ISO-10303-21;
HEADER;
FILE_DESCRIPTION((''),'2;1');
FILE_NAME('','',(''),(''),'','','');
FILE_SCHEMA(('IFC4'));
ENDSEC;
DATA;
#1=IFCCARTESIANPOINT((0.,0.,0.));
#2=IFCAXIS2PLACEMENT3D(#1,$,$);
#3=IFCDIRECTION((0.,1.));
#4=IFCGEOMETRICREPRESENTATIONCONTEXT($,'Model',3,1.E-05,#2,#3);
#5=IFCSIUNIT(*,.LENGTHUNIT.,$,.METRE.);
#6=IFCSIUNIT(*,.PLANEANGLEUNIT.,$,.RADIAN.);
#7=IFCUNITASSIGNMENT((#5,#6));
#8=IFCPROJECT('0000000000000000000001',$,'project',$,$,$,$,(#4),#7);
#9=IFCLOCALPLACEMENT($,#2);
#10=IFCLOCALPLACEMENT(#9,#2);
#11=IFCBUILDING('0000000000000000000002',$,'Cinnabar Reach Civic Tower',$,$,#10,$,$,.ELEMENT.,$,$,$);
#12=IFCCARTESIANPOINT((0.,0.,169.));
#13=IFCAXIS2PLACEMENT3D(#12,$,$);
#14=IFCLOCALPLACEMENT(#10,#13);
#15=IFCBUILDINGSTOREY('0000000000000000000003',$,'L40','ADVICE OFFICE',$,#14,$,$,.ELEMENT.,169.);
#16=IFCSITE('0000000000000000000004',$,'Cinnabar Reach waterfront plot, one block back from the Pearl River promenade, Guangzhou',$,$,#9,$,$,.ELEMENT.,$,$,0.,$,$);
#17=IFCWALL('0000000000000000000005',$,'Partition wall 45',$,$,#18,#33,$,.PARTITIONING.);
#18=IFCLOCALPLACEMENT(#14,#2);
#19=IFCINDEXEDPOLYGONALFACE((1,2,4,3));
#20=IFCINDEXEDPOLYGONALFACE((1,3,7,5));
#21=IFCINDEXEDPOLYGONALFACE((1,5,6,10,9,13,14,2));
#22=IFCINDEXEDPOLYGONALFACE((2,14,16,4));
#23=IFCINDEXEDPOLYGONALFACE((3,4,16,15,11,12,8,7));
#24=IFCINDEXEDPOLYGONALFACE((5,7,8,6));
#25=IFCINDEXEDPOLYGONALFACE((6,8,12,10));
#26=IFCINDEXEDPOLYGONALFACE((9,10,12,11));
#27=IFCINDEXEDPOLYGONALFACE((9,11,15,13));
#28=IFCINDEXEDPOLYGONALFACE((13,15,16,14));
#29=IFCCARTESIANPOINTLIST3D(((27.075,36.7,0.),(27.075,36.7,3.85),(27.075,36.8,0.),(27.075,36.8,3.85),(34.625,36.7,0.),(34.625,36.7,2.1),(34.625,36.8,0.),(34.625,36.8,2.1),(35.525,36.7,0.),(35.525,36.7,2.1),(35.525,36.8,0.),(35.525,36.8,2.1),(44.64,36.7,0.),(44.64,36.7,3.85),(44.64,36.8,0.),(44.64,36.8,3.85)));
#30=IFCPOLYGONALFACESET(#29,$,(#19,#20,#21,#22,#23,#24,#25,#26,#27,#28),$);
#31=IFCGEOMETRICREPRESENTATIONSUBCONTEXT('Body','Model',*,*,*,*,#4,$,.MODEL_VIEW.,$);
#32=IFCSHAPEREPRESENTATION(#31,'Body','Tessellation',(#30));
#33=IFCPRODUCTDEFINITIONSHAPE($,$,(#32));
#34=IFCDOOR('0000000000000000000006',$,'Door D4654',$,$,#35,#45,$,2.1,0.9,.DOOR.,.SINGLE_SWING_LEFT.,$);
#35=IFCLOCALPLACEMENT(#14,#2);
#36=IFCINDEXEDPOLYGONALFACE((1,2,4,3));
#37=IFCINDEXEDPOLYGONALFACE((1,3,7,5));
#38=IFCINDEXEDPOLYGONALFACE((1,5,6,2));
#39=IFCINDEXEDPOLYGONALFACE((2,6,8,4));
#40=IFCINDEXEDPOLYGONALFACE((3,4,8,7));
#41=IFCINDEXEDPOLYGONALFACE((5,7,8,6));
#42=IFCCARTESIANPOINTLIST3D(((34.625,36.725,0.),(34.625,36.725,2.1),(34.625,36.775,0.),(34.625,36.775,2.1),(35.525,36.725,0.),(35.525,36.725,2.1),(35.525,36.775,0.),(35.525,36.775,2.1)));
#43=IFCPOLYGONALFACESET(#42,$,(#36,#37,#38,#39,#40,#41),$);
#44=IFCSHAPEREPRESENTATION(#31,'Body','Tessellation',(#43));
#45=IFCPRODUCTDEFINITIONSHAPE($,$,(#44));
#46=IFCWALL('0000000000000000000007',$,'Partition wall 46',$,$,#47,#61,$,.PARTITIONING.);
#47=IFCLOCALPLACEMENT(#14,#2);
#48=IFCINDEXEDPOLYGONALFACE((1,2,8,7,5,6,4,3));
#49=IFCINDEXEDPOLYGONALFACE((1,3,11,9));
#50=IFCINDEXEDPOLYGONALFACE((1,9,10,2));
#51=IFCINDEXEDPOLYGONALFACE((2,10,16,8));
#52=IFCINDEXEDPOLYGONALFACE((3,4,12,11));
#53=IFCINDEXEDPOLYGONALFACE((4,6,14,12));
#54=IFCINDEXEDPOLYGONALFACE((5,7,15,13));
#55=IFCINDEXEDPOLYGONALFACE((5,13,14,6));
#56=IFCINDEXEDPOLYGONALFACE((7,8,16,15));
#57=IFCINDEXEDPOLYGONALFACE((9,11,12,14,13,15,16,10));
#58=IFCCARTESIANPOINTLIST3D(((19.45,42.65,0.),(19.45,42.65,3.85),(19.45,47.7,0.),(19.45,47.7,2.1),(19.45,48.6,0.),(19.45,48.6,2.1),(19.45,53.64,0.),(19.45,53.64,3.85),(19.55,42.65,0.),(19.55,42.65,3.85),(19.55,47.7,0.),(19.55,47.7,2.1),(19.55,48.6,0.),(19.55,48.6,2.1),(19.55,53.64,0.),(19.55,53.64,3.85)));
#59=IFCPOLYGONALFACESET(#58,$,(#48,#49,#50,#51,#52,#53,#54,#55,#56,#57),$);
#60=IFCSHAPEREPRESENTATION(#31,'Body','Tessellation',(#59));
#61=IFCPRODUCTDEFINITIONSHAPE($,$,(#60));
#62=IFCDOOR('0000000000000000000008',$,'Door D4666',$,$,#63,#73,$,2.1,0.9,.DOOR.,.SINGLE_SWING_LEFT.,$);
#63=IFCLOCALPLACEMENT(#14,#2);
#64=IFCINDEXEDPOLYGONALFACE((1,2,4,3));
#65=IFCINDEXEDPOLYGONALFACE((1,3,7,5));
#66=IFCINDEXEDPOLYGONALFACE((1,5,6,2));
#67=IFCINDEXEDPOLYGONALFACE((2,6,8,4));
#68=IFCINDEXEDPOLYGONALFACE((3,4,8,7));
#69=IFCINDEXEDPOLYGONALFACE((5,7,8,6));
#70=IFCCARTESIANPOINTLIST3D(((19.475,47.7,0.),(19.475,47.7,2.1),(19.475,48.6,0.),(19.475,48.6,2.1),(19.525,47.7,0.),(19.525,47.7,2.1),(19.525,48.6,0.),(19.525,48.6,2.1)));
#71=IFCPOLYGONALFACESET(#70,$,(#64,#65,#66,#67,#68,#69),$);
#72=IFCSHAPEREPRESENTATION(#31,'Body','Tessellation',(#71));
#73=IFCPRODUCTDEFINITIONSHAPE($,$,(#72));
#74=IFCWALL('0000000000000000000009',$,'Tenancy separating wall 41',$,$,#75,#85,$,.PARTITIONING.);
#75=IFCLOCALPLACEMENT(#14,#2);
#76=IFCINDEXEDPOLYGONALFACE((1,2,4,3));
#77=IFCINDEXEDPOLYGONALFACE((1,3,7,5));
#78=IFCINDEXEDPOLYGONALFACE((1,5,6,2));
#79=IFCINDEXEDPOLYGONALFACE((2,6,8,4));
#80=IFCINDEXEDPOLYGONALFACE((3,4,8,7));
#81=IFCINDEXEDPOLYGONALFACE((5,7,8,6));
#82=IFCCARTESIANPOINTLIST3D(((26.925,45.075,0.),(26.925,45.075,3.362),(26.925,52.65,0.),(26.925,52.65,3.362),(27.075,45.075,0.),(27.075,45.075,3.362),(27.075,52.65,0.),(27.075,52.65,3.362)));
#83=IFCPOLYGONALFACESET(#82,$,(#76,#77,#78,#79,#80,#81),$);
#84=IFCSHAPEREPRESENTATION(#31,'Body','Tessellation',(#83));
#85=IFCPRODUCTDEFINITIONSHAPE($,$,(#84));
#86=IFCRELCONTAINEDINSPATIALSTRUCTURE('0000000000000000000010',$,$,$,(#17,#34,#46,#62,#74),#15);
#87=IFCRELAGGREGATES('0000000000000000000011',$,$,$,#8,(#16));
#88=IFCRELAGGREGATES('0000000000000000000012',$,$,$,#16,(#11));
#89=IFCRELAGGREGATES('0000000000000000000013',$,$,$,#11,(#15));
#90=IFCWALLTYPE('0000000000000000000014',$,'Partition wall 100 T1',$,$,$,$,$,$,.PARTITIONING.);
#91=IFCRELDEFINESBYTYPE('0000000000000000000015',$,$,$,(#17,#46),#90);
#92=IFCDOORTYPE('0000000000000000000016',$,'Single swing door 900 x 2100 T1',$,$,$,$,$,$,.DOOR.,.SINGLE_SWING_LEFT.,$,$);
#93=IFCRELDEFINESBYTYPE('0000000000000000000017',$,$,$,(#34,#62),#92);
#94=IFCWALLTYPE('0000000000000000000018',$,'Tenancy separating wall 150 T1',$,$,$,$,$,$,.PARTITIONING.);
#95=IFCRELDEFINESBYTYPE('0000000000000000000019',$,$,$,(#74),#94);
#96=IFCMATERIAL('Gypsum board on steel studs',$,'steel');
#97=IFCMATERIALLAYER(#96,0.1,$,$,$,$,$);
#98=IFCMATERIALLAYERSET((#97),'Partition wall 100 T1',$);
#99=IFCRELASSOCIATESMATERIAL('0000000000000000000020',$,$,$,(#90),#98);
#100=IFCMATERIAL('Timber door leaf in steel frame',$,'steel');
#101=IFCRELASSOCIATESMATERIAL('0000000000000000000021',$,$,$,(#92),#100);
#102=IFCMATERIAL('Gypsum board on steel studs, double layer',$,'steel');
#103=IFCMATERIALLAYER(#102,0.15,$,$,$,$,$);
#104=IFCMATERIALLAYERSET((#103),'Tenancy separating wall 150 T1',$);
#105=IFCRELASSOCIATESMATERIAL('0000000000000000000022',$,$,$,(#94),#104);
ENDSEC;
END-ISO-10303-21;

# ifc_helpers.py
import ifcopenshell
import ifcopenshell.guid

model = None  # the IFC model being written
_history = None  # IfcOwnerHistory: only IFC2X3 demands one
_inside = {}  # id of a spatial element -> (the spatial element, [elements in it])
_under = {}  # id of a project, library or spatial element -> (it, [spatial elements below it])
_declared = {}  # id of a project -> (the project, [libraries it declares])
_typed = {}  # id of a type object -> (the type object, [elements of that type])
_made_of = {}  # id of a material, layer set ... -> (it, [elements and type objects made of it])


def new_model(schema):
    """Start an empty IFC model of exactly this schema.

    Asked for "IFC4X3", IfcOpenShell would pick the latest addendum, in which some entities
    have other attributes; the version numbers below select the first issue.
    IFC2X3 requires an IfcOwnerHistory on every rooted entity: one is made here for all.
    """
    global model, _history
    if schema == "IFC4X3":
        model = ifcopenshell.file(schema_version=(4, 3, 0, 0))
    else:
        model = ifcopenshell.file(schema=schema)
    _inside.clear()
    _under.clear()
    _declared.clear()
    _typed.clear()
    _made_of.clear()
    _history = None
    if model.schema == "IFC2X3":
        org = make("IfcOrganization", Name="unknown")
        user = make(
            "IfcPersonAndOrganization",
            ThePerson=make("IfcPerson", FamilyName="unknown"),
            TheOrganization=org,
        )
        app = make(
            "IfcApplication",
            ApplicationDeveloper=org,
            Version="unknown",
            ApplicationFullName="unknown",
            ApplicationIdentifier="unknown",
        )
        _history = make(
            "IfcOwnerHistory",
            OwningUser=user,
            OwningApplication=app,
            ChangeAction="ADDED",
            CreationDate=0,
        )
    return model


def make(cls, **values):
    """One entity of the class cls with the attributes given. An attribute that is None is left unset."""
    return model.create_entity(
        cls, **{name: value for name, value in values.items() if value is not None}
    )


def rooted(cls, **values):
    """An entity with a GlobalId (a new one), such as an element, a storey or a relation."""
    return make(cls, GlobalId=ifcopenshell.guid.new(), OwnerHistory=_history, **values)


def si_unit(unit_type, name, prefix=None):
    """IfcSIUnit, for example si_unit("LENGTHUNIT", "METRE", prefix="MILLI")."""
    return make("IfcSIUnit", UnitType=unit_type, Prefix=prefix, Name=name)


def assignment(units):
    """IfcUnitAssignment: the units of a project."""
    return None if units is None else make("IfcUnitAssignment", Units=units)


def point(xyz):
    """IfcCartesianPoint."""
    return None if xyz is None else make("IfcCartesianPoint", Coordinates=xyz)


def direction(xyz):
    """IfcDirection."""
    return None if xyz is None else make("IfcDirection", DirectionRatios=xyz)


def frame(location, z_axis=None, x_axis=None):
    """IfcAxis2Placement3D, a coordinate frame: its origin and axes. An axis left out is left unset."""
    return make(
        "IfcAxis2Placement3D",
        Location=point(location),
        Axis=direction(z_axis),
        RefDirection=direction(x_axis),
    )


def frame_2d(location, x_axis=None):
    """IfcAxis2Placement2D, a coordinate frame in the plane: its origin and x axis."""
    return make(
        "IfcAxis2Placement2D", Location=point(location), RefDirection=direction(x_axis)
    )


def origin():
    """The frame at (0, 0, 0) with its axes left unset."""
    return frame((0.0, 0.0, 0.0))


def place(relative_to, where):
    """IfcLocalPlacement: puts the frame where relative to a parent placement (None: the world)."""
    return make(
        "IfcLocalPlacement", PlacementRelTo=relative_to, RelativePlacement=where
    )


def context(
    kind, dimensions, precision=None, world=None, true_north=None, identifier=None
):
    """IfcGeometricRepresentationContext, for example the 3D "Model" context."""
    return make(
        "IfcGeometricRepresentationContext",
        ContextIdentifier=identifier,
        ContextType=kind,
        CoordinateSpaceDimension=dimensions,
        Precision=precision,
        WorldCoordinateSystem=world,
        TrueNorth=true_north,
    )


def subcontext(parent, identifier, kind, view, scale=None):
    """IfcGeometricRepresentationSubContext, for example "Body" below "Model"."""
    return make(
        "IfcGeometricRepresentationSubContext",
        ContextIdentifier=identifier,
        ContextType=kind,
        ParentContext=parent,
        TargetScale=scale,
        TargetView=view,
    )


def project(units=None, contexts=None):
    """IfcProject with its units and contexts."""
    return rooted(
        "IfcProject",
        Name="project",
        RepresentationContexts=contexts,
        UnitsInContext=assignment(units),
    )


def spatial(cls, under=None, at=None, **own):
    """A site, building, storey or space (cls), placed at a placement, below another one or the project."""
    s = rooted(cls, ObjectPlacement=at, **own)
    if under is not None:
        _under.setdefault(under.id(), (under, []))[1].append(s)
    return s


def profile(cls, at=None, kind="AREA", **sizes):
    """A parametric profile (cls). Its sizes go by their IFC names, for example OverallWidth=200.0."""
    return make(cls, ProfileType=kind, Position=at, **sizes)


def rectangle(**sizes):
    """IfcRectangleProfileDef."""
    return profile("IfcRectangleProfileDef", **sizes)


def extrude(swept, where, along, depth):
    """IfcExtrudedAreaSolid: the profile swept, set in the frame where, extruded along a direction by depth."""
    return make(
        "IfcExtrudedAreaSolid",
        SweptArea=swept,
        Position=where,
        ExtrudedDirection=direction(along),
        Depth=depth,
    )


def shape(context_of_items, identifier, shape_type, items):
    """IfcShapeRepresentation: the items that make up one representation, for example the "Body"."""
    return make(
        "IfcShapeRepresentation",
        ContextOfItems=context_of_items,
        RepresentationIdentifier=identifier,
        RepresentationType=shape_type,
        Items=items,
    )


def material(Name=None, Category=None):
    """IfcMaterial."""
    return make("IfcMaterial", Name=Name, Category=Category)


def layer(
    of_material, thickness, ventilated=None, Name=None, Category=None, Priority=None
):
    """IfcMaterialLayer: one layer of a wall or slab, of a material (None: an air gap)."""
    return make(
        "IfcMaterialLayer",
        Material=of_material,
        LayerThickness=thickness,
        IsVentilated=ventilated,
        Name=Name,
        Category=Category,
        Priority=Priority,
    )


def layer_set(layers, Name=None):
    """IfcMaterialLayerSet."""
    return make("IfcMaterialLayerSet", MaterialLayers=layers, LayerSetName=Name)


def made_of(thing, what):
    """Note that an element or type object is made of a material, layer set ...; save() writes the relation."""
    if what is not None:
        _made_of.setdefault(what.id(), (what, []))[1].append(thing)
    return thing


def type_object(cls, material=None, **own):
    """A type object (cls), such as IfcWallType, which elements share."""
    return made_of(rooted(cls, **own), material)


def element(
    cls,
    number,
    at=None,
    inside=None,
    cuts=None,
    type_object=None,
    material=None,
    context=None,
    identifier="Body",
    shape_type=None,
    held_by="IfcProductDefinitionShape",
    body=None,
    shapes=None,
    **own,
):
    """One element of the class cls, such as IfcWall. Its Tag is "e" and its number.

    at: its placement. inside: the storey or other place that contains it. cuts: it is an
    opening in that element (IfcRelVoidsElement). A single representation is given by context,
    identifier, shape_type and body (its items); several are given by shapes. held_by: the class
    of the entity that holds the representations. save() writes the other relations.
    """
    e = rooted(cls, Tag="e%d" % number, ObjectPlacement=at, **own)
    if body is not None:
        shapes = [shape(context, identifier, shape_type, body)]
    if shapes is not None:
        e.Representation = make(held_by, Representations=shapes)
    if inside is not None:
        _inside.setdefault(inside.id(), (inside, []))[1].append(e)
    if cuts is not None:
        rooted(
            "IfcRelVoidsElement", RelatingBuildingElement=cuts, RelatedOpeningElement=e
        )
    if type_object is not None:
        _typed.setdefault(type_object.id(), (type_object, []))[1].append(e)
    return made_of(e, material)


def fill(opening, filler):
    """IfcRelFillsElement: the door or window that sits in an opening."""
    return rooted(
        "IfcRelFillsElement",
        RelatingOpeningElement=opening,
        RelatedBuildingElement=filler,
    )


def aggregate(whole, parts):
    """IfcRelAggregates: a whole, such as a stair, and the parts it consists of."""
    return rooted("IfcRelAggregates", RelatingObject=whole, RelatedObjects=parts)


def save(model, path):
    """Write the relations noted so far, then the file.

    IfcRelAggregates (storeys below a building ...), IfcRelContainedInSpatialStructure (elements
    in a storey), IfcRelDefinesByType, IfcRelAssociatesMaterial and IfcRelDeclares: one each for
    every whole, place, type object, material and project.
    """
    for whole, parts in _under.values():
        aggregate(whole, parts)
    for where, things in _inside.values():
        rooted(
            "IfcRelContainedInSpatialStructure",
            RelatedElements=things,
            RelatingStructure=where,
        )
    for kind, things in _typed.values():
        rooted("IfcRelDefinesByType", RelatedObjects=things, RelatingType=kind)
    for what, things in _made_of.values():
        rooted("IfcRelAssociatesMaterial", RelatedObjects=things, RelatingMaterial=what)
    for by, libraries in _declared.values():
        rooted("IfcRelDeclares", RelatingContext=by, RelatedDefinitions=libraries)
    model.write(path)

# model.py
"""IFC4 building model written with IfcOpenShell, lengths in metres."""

from ifc_helpers import new_model, si_unit, direction, frame, frame_2d, origin, place, context, subcontext, project, spatial, rectangle, extrude, material, layer, layer_set, type_object, element, fill, save


model = new_model("IFC4")

# Units and contexts
model_context = context("Model", 3, precision=1e-05, world=origin(), true_north=direction((0.0, 1.0)))
body_context = subcontext(model_context, "Body", "Model", "MODEL_VIEW")
ifc_project = project(units=[si_unit("LENGTHUNIT", "METRE"), si_unit("PLANEANGLEUNIT", "RADIAN")], contexts=[model_context])

# Site, building, storey
site_placement = place(None, origin())
site = spatial("IfcSite", under=ifc_project, at=site_placement, Name="Cinnabar Reach waterfront plot, one block back from the Pearl River promenade, Guangzhou", CompositionType="ELEMENT", RefElevation=0.0)
building_placement = place(site_placement, origin())
building = spatial("IfcBuilding", under=site, at=building_placement, Name="Cinnabar Reach Civic Tower", CompositionType="ELEMENT")
storey_placement = place(building_placement, frame((0.0, 0.0, 169.0)))
storey = spatial("IfcBuildingStorey", under=building, at=storey_placement, Name="L40", Description="ADVICE OFFICE", CompositionType="ELEMENT", Elevation=169.0)

# Shared definitions
ifc_material_1 = material(Name="Gypsum board on steel studs, double layer", Category="steel")
ifc_material_2 = material(Name="Timber door leaf in steel frame", Category="steel")

# Walls, openings, doors
ifc_material_3 = material(Name="Gypsum board on steel studs", Category="steel")
ifc_layer_1 = layer(ifc_material_3, 0.1)
ifc_layer_set_1 = layer_set([ifc_layer_1], Name="Partition wall 100 T1")
wall_type_1 = type_object("IfcWallType", Name="Partition wall 100 T1", PredefinedType="PARTITIONING", material=ifc_layer_set_1)
wall_1_placement = place(storey_placement, frame((27.075, 36.75, 0.0), z_axis=(0.0, 0.0, 1.0), x_axis=(1.0, 0.0, 0.0)))
wall_1 = element("IfcWall", 1, at=wall_1_placement, inside=storey, type_object=wall_type_1, Name="Partition wall 45", PredefinedType="PARTITIONING", context=body_context, shape_type="SweptSolid", body=[
    extrude(rectangle(XDim=17.565, YDim=0.1, at=frame_2d((8.7825, 0.0))), origin(), (0.0, 0.0, 1.0), 3.85),
])
opening_1_placement = place(wall_1_placement, frame((7.55, 0.0, 0.0)))
opening_1 = element("IfcOpeningElement", 2, at=opening_1_placement, cuts=wall_1, PredefinedType="OPENING", context=body_context, shape_type="SweptSolid", body=[
    extrude(rectangle(XDim=0.9, YDim=2.1, at=frame_2d((0.45, 1.05))), frame((0.0, 0.06, 0.0), z_axis=(0.0, -1.0, 0.0), x_axis=(1.0, 0.0, 0.0)), (0.0, 0.0, 1.0), 0.12),
])
door_type_1 = type_object("IfcDoorType", Name="Single swing door 900 x 2100 T1", OperationType="SINGLE_SWING_LEFT", PredefinedType="DOOR", material=ifc_material_2)
door_1_placement = place(opening_1_placement, frame((0.9, 0.0, 0.0), z_axis=(0.0, 0.0, 1.0), x_axis=(-1.0, 0.0, 0.0)))
door_1 = element("IfcDoor", 3, at=door_1_placement, inside=storey, type_object=door_type_1, Name="Door D4654", OperationType="SINGLE_SWING_LEFT", OverallHeight=2.1, OverallWidth=0.9, PredefinedType="DOOR", context=body_context, shape_type="SweptSolid", body=[
    extrude(rectangle(XDim=0.9, YDim=2.1, at=frame_2d((0.45, 1.05))), frame((0.0, 0.025, 0.0), z_axis=(0.0, -1.0, 0.0), x_axis=(1.0, 0.0, 0.0)), (0.0, 0.0, 1.0), 0.05),
])
fill(opening_1, door_1)
wall_2_placement = place(storey_placement, frame((19.5, 42.65, 0.0), z_axis=(0.0, 0.0, 1.0), x_axis=(0.0, 1.0, 0.0)))
wall_2 = element("IfcWall", 4, at=wall_2_placement, inside=storey, type_object=wall_type_1, Name="Partition wall 46", PredefinedType="PARTITIONING", context=body_context, shape_type="SweptSolid", body=[
    extrude(rectangle(XDim=10.99, YDim=0.1, at=frame_2d((5.495, 0.0))), origin(), (0.0, 0.0, 1.0), 3.85),
])
opening_2_placement = place(wall_2_placement, frame((5.05, 0.0, 0.0)))
opening_2 = element("IfcOpeningElement", 5, at=opening_2_placement, cuts=wall_2, PredefinedType="OPENING", context=body_context, shape_type="SweptSolid", body=[
    extrude(rectangle(XDim=0.9, YDim=2.1, at=frame_2d((0.45, 1.05))), frame((0.0, 0.06, 0.0), z_axis=(0.0, -1.0, 0.0), x_axis=(1.0, 0.0, 0.0)), (0.0, 0.0, 1.0), 0.12),
])
door_2_placement = place(opening_2_placement, origin())
door_2 = element("IfcDoor", 6, at=door_2_placement, inside=storey, type_object=door_type_1, Name="Door D4666", OperationType="SINGLE_SWING_LEFT", OverallHeight=2.1, OverallWidth=0.9, PredefinedType="DOOR", context=body_context, shape_type="SweptSolid", body=[
    extrude(rectangle(XDim=0.9, YDim=2.1, at=frame_2d((0.45, 1.05))), frame((0.0, 0.025, 0.0), z_axis=(0.0, -1.0, 0.0), x_axis=(1.0, 0.0, 0.0)), (0.0, 0.0, 1.0), 0.05),
])
fill(opening_2, door_2)

# Wall
ifc_layer_2 = layer(ifc_material_1, 0.15)
ifc_layer_set_2 = layer_set([ifc_layer_2], Name="Tenancy separating wall 150 T1")
wall_type_2 = type_object("IfcWallType", Name="Tenancy separating wall 150 T1", PredefinedType="PARTITIONING", material=ifc_layer_set_2)
wall_3_placement = place(storey_placement, frame((27.0, 45.075, 0.0), z_axis=(0.0, 0.0, 1.0), x_axis=(0.0, 1.0, 0.0)))
element("IfcWall", 7, at=wall_3_placement, inside=storey, type_object=wall_type_2, Name="Tenancy separating wall 41", PredefinedType="PARTITIONING", context=body_context, shape_type="SweptSolid", body=[
    extrude(rectangle(XDim=7.575, YDim=0.15, at=frame_2d((3.7875, 0.0))), origin(), (0.0, 0.0, 1.0), 3.362),
])

save(model, "model.ifc")
